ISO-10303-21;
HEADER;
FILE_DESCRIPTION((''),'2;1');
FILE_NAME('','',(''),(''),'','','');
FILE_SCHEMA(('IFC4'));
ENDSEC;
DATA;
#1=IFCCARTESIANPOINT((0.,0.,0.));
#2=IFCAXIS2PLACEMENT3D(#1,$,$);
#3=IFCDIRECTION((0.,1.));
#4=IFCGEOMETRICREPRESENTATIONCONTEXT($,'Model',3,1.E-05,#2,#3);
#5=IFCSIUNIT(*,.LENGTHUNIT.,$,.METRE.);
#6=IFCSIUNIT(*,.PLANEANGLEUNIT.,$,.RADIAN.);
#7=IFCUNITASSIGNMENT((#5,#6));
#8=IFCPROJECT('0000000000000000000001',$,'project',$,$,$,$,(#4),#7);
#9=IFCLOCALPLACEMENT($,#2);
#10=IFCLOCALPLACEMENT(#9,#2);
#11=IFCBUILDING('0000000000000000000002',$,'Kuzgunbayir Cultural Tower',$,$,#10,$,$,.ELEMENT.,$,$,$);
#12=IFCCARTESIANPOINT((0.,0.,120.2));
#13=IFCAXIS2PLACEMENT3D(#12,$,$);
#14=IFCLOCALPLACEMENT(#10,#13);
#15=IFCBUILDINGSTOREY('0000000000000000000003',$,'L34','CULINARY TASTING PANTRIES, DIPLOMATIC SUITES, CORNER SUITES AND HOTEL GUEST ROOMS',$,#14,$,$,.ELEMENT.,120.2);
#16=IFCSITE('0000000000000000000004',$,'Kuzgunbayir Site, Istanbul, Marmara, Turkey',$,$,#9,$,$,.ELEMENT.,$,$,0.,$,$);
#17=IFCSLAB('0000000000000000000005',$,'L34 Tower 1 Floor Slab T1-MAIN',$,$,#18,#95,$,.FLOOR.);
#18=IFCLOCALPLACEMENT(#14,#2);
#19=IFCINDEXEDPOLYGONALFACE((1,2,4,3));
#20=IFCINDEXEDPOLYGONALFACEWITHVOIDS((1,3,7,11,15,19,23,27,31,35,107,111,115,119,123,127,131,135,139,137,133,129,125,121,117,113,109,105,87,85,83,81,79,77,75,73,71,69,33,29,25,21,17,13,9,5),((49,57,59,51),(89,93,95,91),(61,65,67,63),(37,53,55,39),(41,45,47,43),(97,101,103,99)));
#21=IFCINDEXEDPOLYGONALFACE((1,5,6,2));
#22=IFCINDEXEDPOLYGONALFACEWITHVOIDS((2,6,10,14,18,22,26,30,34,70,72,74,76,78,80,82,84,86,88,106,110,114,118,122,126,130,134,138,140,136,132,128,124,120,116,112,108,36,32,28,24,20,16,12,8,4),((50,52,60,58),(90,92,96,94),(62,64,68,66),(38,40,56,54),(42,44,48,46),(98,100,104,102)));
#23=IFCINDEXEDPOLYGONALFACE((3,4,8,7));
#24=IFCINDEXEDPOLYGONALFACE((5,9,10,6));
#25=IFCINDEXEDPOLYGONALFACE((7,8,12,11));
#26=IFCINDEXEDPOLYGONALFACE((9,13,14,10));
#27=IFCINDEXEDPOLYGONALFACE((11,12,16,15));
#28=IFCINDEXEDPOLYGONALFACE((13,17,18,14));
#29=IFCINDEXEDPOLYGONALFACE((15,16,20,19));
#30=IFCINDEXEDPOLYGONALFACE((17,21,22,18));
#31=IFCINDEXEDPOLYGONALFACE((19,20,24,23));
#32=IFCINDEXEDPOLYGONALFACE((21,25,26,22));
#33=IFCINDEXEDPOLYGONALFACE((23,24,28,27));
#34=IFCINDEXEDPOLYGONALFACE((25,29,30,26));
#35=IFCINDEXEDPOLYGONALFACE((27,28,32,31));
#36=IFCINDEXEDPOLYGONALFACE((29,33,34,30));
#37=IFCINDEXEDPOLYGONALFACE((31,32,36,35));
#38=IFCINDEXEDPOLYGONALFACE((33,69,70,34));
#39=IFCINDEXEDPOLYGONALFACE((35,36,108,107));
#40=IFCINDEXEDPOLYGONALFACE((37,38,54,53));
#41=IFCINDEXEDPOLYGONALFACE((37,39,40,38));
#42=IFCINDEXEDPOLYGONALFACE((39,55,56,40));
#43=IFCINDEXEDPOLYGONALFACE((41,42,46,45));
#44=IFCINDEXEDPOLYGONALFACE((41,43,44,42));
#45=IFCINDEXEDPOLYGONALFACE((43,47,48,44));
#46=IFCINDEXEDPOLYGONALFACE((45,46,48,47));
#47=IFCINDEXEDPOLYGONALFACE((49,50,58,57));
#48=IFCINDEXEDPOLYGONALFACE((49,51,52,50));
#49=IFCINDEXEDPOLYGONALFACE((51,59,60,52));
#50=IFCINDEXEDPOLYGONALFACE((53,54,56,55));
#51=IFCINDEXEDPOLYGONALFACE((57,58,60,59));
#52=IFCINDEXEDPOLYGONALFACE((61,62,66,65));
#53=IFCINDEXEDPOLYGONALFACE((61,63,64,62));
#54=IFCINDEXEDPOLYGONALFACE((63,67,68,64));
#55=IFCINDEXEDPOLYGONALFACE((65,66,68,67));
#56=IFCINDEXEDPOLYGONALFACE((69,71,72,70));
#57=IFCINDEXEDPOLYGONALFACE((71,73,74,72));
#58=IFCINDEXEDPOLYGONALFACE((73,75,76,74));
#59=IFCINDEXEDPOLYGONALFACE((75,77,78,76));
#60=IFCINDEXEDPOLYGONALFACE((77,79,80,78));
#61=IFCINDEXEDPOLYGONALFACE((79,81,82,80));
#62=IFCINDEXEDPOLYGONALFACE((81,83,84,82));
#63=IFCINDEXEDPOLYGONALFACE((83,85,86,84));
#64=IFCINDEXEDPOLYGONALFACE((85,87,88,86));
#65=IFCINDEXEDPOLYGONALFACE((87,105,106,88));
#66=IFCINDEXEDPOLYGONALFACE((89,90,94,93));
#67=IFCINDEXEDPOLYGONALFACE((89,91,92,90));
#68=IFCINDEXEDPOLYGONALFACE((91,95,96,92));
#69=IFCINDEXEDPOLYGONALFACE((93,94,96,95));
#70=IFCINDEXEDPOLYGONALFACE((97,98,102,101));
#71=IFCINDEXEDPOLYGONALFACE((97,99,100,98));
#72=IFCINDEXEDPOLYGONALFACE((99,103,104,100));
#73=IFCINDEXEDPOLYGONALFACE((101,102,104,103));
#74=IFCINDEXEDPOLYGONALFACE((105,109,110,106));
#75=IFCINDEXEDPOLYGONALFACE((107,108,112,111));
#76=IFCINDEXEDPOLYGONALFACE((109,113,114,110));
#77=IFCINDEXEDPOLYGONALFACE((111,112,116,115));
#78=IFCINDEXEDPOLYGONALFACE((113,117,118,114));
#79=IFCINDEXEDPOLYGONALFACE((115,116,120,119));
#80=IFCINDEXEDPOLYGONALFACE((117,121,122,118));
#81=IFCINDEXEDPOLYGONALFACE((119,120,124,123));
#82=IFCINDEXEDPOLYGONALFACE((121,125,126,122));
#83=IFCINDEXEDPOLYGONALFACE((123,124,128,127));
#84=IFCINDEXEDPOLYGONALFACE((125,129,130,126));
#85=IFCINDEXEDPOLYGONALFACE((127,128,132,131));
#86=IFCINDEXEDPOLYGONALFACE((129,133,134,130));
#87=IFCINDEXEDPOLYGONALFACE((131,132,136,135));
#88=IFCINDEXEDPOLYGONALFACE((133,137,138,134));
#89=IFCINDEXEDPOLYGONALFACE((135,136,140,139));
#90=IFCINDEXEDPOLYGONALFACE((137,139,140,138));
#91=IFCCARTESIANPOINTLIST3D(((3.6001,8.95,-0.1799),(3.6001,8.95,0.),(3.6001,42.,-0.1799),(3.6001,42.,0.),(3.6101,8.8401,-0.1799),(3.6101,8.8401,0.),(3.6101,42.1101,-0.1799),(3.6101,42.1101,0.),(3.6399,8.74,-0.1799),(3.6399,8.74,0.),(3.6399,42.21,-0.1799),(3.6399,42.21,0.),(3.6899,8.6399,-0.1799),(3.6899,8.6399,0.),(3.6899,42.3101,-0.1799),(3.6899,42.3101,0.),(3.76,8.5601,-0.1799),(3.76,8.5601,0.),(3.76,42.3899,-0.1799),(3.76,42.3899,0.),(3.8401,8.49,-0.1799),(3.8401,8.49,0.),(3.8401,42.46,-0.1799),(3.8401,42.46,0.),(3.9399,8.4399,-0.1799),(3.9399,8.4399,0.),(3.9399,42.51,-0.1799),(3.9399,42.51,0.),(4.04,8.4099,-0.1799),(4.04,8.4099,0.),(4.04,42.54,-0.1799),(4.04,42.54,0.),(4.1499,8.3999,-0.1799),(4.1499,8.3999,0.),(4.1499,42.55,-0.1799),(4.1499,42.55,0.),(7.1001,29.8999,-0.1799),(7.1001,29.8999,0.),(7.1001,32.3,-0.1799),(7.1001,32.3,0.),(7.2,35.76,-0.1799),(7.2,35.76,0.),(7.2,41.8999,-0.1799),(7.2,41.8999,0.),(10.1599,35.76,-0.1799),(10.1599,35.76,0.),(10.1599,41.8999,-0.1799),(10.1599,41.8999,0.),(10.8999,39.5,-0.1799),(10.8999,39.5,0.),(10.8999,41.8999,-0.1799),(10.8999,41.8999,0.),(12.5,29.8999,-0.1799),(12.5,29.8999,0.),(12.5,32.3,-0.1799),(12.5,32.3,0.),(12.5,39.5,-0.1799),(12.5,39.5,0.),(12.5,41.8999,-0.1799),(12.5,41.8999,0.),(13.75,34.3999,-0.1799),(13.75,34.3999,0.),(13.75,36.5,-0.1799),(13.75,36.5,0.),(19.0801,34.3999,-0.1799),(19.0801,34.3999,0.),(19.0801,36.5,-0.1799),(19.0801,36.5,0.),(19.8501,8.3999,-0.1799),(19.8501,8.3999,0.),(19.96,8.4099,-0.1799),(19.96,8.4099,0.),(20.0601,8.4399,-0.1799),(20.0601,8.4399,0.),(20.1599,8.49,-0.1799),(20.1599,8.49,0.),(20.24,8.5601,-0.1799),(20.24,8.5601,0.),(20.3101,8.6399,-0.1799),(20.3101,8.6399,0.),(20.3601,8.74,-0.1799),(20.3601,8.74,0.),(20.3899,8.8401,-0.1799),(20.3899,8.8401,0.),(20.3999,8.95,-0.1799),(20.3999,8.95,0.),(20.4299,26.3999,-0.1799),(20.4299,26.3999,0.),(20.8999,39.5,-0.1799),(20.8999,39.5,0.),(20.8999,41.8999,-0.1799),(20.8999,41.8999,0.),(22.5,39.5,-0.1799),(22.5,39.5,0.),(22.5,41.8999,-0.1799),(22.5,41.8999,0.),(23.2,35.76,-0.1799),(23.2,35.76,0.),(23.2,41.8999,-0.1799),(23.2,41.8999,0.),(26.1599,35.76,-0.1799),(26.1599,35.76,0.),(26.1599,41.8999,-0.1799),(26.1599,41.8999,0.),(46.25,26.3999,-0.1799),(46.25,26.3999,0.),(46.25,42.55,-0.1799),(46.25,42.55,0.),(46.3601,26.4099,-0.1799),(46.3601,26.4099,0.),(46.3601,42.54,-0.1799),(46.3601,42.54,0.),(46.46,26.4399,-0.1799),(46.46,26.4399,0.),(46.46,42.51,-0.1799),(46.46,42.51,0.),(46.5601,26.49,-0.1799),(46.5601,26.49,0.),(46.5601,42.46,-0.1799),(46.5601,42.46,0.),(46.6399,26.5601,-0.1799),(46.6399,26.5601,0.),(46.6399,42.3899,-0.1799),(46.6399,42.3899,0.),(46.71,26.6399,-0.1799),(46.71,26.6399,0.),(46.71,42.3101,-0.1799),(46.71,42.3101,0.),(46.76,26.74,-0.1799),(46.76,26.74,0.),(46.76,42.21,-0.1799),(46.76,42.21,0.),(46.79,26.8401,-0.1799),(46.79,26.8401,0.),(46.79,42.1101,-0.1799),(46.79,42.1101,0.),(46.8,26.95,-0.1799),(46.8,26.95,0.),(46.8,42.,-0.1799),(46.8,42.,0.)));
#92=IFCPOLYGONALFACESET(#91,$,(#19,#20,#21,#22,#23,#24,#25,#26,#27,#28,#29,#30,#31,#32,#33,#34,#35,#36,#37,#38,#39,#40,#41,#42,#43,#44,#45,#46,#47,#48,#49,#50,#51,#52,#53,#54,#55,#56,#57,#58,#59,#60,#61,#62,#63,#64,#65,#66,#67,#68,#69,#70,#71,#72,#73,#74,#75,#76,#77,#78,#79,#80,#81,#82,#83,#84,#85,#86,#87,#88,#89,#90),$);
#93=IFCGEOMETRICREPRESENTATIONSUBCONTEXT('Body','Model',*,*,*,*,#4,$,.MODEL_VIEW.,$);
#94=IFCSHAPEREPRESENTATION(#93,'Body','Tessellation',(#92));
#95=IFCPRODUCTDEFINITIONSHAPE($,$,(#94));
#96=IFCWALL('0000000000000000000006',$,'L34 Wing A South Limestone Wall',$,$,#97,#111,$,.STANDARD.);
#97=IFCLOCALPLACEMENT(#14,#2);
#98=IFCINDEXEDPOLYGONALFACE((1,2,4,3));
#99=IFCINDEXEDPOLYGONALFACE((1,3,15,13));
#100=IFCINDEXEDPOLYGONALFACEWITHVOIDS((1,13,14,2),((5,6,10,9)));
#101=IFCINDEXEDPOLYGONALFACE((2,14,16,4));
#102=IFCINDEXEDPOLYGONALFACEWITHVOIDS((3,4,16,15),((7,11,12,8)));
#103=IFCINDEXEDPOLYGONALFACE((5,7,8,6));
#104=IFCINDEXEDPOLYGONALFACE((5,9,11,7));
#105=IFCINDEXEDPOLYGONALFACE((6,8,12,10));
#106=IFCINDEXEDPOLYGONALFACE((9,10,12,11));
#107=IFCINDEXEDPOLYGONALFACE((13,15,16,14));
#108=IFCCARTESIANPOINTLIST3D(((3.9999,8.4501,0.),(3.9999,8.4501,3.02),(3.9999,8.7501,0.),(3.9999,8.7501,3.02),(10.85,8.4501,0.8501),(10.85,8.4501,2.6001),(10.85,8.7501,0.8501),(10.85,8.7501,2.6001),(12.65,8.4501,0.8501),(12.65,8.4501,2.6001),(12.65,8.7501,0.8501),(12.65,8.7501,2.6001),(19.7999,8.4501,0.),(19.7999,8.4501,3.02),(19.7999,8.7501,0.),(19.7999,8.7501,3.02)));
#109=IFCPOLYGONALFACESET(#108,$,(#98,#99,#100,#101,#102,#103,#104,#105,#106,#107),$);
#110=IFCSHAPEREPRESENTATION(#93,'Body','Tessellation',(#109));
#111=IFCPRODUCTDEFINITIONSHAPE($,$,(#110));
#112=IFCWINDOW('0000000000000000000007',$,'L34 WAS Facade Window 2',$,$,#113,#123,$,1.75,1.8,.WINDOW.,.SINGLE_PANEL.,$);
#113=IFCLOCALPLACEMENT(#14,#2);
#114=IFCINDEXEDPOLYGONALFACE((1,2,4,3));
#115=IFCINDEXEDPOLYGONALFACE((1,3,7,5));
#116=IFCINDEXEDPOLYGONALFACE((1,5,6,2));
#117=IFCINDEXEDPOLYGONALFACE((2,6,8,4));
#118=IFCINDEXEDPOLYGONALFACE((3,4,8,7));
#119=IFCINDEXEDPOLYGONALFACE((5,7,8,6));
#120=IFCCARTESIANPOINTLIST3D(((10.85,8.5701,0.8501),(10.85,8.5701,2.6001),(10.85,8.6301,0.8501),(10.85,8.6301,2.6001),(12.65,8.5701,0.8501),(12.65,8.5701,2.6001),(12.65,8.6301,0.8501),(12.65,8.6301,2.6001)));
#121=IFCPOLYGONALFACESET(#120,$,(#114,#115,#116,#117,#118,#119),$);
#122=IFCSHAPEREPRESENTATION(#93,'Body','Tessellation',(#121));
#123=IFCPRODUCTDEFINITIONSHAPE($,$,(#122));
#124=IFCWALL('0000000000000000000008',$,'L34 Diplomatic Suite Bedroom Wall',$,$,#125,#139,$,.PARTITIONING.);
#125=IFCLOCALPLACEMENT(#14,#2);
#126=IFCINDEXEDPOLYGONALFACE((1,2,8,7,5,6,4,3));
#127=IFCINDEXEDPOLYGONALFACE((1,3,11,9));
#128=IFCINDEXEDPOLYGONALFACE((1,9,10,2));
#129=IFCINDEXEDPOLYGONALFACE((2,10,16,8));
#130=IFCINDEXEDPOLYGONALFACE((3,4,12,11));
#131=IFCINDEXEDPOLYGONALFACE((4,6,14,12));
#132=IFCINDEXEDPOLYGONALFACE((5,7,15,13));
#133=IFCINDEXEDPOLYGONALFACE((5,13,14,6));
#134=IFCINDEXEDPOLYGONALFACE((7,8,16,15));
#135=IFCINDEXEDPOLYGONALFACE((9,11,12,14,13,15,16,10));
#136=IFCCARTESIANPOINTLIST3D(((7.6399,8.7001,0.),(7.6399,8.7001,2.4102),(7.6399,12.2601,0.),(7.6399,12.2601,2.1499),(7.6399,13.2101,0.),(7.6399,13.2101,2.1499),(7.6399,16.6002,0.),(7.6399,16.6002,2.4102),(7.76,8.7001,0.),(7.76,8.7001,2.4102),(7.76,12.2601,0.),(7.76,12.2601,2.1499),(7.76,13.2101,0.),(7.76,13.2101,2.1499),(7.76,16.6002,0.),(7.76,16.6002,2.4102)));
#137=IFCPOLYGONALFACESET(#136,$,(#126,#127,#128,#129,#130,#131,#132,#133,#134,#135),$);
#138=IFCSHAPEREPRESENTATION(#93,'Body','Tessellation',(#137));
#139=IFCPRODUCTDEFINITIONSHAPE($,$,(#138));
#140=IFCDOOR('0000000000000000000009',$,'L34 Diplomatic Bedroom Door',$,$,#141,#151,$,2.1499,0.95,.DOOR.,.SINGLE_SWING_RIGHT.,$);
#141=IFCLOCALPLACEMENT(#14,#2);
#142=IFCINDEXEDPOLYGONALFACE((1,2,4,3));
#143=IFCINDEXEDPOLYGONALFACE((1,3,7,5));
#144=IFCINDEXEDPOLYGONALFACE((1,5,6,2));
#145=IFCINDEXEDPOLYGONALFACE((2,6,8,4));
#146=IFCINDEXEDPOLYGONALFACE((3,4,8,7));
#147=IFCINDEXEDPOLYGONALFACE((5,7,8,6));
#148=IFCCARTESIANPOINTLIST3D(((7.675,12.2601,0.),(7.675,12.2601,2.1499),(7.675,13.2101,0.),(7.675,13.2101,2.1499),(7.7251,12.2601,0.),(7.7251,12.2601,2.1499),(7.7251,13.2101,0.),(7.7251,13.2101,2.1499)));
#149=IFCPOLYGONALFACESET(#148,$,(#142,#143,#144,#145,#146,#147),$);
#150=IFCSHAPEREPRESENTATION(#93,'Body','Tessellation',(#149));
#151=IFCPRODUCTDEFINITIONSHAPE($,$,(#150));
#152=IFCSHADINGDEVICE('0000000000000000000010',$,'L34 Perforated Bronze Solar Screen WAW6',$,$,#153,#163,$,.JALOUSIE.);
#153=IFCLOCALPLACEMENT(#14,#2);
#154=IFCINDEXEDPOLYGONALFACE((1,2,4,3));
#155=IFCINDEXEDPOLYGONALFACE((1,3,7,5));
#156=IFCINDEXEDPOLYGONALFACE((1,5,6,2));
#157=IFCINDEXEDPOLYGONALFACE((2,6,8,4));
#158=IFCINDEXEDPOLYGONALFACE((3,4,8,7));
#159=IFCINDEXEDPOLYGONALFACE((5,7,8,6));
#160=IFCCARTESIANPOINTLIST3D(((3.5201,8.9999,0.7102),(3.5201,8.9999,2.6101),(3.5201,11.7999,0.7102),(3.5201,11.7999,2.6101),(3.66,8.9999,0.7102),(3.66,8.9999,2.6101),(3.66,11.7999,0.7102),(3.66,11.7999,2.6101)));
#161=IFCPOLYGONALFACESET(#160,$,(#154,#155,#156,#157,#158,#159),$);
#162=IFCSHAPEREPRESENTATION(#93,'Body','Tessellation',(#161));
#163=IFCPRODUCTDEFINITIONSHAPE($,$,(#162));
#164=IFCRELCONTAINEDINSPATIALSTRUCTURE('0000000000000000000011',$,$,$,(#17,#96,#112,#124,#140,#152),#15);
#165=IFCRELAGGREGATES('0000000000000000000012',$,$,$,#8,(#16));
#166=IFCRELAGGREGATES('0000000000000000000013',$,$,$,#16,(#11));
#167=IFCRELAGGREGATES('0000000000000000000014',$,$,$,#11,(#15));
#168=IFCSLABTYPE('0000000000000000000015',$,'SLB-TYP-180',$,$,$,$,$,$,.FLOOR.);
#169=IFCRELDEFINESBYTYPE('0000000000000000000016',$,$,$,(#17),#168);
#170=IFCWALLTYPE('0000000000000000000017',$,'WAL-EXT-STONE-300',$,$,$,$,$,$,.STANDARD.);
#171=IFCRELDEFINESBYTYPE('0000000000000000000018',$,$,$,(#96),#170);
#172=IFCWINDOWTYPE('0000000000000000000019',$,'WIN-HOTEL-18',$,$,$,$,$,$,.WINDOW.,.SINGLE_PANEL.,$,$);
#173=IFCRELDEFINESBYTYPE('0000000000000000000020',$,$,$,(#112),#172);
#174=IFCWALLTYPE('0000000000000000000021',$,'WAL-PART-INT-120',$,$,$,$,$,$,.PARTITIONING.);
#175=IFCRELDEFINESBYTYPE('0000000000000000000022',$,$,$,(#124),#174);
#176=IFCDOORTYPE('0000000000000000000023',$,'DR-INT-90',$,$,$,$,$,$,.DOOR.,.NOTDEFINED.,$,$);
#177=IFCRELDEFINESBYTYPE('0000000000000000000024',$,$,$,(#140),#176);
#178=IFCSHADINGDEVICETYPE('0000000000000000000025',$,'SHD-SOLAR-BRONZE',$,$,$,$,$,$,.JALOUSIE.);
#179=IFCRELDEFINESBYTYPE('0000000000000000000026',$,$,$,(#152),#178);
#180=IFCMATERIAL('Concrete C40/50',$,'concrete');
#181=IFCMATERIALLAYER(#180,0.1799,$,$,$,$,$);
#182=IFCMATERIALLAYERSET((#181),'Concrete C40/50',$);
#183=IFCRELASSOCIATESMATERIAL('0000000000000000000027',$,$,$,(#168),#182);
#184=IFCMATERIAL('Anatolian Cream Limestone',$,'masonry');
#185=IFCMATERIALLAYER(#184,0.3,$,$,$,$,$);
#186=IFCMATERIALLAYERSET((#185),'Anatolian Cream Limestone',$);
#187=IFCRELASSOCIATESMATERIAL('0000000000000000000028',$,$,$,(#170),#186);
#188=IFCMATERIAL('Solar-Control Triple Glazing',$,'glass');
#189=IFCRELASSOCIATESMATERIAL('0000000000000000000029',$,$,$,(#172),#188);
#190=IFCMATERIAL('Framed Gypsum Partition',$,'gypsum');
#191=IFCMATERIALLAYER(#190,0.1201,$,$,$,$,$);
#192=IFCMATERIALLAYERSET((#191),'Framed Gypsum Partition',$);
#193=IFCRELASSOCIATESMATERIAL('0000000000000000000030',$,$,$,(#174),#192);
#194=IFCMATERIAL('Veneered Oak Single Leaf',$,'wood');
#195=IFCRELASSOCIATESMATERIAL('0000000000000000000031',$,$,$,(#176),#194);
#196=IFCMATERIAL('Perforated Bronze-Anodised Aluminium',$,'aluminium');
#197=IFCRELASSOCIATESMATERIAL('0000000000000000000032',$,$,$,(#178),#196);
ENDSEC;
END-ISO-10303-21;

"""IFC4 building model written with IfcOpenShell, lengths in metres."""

from ifc_helpers import new_model, si_unit, direction, frame, frame_2d, origin, origin_2d, place, context, subcontext, project, spatial, polyline, rectangle, outline, extrude, material, layer, layer_set, type_object, element, fill, save


model = new_model("IFC4")

# Units and contexts
model_context = context("Model", 3, precision=1e-05, world=origin(), true_north=direction((0.0, 1.0)))
body_context = subcontext(model_context, "Body", "Model", "MODEL_VIEW")
ifc_project = project(units=[si_unit("LENGTHUNIT", "METRE"), si_unit("PLANEANGLEUNIT", "RADIAN")], contexts=[model_context])

# Site, building, storey
site_placement = place(None, origin())
site = spatial("IfcSite", under=ifc_project, at=site_placement, Name="Kuzgunbayir Site, Istanbul, Marmara, Turkey", CompositionType="ELEMENT", RefElevation=0.0)
building_placement = place(site_placement, origin())
building = spatial("IfcBuilding", under=site, at=building_placement, Name="Kuzgunbayir Cultural Tower", CompositionType="ELEMENT")
storey_placement = place(building_placement, frame((0.0, 0.0, 120.2)))
storey = spatial("IfcBuildingStorey", under=building, at=storey_placement, Name="L34", Description="CULINARY TASTING PANTRIES, DIPLOMATIC SUITES, CORNER SUITES AND HOTEL GUEST ROOMS", CompositionType="ELEMENT", Elevation=120.2)

# Shared definitions
ifc_material_1 = material(Name="Concrete C40/50", Category="concrete")

# Slab
ifc_layer_1 = layer(ifc_material_1, 0.1799)
ifc_layer_set_1 = layer_set([ifc_layer_1], Name="Concrete C40/50")
slab_type_1 = type_object("IfcSlabType", Name="SLB-TYP-180", PredefinedType="FLOOR", material=ifc_layer_set_1)
slab_1_placement = place(storey_placement, frame((0.0, 0.0, -0.1799)))
element("IfcSlab", 1, at=slab_1_placement, inside=storey, type_object=slab_type_1, Name="L34 Tower 1 Floor Slab T1-MAIN", PredefinedType="FLOOR", context=body_context, shape_type="SweptSolid", body=[
    extrude(outline(polyline([(20.3999, 8.95), (20.3899, 8.8401), (20.3601, 8.74), (20.3101, 8.6399), (20.24, 8.5601), (20.1599, 8.49), (20.0601, 8.4399), (19.96, 8.4099), (19.8501, 8.3999), (4.1499, 8.3999), (4.04, 8.4099), (3.9399, 8.4399), (3.8401, 8.49), (3.76, 8.5601), (3.6899, 8.6399), (3.6399, 8.74), (3.6101, 8.8401), (3.6001, 8.95), (3.6001, 42.0), (3.6101, 42.1101), (3.6399, 42.21), (3.6899, 42.3101), (3.76, 42.3899), (3.8401, 42.46), (3.9399, 42.51), (4.04, 42.54), (4.1499, 42.55), (46.25, 42.55), (46.3601, 42.54), (46.46, 42.51), (46.5601, 42.46), (46.6399, 42.3899), (46.71, 42.3101), (46.76, 42.21), (46.79, 42.1101), (46.8, 42.0), (46.8, 26.95), (46.79, 26.8401), (46.76, 26.74), (46.71, 26.6399), (46.6399, 26.5601), (46.5601, 26.49), (46.46, 26.4399), (46.3601, 26.4099), (46.25, 26.3999), (20.4299, 26.3999), (20.3999, 8.95)]), holes=[polyline([(7.2, 35.76), (7.2, 41.8999), (10.1599, 41.8999), (10.1599, 35.76), (7.2, 35.76)]), polyline([(23.2, 35.76), (23.2, 41.8999), (26.1599, 41.8999), (26.1599, 35.76), (23.2, 35.76)]), polyline([(13.75, 34.3999), (13.75, 36.5), (19.0801, 36.5), (19.0801, 34.3999), (13.75, 34.3999)]), polyline([(7.1001, 29.8999), (7.1001, 32.3), (12.5, 32.3), (12.5, 29.8999), (7.1001, 29.8999)]), polyline([(10.8999, 39.5), (10.8999, 41.8999), (12.5, 41.8999), (12.5, 39.5), (10.8999, 39.5)]), polyline([(20.8999, 39.5), (20.8999, 41.8999), (22.5, 41.8999), (22.5, 39.5), (20.8999, 39.5)])]), origin(), (0.0, 0.0, 1.0), 0.1799),
])

# Wall, opening, window
ifc_material_2 = material(Name="Anatolian Cream Limestone", Category="masonry")
ifc_layer_2 = layer(ifc_material_2, 0.3)
ifc_layer_set_2 = layer_set([ifc_layer_2], Name="Anatolian Cream Limestone")
wall_type_1 = type_object("IfcWallType", Name="WAL-EXT-STONE-300", PredefinedType="STANDARD", material=ifc_layer_set_2)
wall_1_placement = place(storey_placement, frame((4.0, 8.6001, 0.0), z_axis=(0.0, 0.0, 1.0), x_axis=(1.0, 0.0, 0.0)))
wall_1 = element("IfcWall", 2, at=wall_1_placement, inside=storey, type_object=wall_type_1, Name="L34 Wing A South Limestone Wall", PredefinedType="STANDARD", context=body_context, shape_type="SweptSolid", body=[
    extrude(rectangle(XDim=15.8, YDim=0.3, at=frame_2d((7.8999, 0.0))), origin(), (0.0, 0.0, 1.0), 3.02),
])
opening_1_placement = place(wall_1_placement, frame((6.8501, 0.0, 0.8501)))
opening_1 = element("IfcOpeningElement", 3, at=opening_1_placement, cuts=wall_1, PredefinedType="OPENING", context=body_context, shape_type="SweptSolid", body=[
    extrude(rectangle(XDim=1.8, YDim=1.75, at=frame_2d((0.8999, 0.875))), frame((0.0, 0.1602, 0.0), z_axis=(0.0, -1.0, 0.0), x_axis=(1.0, 0.0, 0.0)), (0.0, 0.0, 1.0), 0.3201),
])
ifc_material_3 = material(Name="Solar-Control Triple Glazing", Category="glass")
window_type = type_object("IfcWindowType", Name="WIN-HOTEL-18", PartitioningType="SINGLE_PANEL", PredefinedType="WINDOW", material=ifc_material_3)
window_placement = place(opening_1_placement, origin())
window = element("IfcWindow", 4, at=window_placement, inside=storey, type_object=window_type, Name="L34 WAS Facade Window 2", OverallHeight=1.75, OverallWidth=1.8, PartitioningType="SINGLE_PANEL", PredefinedType="WINDOW", context=body_context, shape_type="SweptSolid", body=[
    extrude(rectangle(XDim=1.8, YDim=1.75, at=frame_2d((0.8999, 0.875))), frame((0.0, 0.03, 0.0), z_axis=(0.0, -1.0, 0.0), x_axis=(1.0, 0.0, 0.0)), (0.0, 0.0, 1.0), 0.0601),
])
fill(opening_1, window)

# Wall, opening, door
ifc_material_4 = material(Name="Framed Gypsum Partition", Category="gypsum")
ifc_layer_3 = layer(ifc_material_4, 0.1201)
ifc_layer_set_3 = layer_set([ifc_layer_3], Name="Framed Gypsum Partition")
wall_type_2 = type_object("IfcWallType", Name="WAL-PART-INT-120", PredefinedType="PARTITIONING", material=ifc_layer_set_3)
wall_2_placement = place(storey_placement, frame((7.7, 8.7, 0.0), z_axis=(0.0, 0.0, 1.0), x_axis=(0.0, 1.0, 0.0)))
wall_2 = element("IfcWall", 5, at=wall_2_placement, inside=storey, type_object=wall_type_2, Name="L34 Diplomatic Suite Bedroom Wall", PredefinedType="PARTITIONING", context=body_context, shape_type="SweptSolid", body=[
    extrude(rectangle(XDim=7.9001, YDim=0.1201, at=frame_2d((3.9502, 0.0))), origin(), (0.0, 0.0, 1.0), 2.4102),
])
opening_2_placement = place(wall_2_placement, frame((3.5601, 0.0, 0.0)))
opening_2 = element("IfcOpeningElement", 6, at=opening_2_placement, cuts=wall_2, PredefinedType="OPENING", context=body_context, shape_type="SweptSolid", body=[
    extrude(rectangle(XDim=0.95, YDim=2.1499, at=frame_2d((0.4751, 1.075))), frame((0.0, 0.0701, 0.0), z_axis=(0.0, -1.0, 0.0), x_axis=(1.0, 0.0, 0.0)), (0.0, 0.0, 1.0), 0.1401),
])
ifc_material_5 = material(Name="Veneered Oak Single Leaf", Category="wood")
door_type = type_object("IfcDoorType", Name="DR-INT-90", OperationType="NOTDEFINED", PredefinedType="DOOR", material=ifc_material_5)
door_placement = place(opening_2_placement, origin())
door = element("IfcDoor", 7, at=door_placement, inside=storey, type_object=door_type, Name="L34 Diplomatic Bedroom Door", OperationType="SINGLE_SWING_RIGHT", OverallHeight=2.1499, OverallWidth=0.95, PredefinedType="DOOR", context=body_context, shape_type="SweptSolid", body=[
    extrude(rectangle(XDim=0.95, YDim=2.1499, at=frame_2d((0.4751, 1.075))), frame((0.0, 0.0249, 0.0), z_axis=(0.0, -1.0, 0.0), x_axis=(1.0, 0.0, 0.0)), (0.0, 0.0, 1.0), 0.05),
])
fill(opening_2, door)

# Shading device
ifc_material_6 = material(Name="Perforated Bronze-Anodised Aluminium", Category="aluminium")
shading_device_type = type_object("IfcShadingDeviceType", Name="SHD-SOLAR-BRONZE", PredefinedType="JALOUSIE", material=ifc_material_6)
shading_device_placement = place(storey_placement, frame((3.5901, 10.3999, 0.7102), z_axis=(0.0, 0.0, 1.0), x_axis=(1.0, 0.0, 0.0)))
element("IfcShadingDevice", 8, at=shading_device_placement, inside=storey, type_object=shading_device_type, Name="L34 Perforated Bronze Solar Screen WAW6", PredefinedType="JALOUSIE", context=body_context, shape_type="SweptSolid", body=[
    extrude(rectangle(XDim=0.1399, YDim=2.8, at=origin_2d()), origin(), (0.0, 0.0, 1.0), 1.8999),
])

save(model, "model.ifc")
